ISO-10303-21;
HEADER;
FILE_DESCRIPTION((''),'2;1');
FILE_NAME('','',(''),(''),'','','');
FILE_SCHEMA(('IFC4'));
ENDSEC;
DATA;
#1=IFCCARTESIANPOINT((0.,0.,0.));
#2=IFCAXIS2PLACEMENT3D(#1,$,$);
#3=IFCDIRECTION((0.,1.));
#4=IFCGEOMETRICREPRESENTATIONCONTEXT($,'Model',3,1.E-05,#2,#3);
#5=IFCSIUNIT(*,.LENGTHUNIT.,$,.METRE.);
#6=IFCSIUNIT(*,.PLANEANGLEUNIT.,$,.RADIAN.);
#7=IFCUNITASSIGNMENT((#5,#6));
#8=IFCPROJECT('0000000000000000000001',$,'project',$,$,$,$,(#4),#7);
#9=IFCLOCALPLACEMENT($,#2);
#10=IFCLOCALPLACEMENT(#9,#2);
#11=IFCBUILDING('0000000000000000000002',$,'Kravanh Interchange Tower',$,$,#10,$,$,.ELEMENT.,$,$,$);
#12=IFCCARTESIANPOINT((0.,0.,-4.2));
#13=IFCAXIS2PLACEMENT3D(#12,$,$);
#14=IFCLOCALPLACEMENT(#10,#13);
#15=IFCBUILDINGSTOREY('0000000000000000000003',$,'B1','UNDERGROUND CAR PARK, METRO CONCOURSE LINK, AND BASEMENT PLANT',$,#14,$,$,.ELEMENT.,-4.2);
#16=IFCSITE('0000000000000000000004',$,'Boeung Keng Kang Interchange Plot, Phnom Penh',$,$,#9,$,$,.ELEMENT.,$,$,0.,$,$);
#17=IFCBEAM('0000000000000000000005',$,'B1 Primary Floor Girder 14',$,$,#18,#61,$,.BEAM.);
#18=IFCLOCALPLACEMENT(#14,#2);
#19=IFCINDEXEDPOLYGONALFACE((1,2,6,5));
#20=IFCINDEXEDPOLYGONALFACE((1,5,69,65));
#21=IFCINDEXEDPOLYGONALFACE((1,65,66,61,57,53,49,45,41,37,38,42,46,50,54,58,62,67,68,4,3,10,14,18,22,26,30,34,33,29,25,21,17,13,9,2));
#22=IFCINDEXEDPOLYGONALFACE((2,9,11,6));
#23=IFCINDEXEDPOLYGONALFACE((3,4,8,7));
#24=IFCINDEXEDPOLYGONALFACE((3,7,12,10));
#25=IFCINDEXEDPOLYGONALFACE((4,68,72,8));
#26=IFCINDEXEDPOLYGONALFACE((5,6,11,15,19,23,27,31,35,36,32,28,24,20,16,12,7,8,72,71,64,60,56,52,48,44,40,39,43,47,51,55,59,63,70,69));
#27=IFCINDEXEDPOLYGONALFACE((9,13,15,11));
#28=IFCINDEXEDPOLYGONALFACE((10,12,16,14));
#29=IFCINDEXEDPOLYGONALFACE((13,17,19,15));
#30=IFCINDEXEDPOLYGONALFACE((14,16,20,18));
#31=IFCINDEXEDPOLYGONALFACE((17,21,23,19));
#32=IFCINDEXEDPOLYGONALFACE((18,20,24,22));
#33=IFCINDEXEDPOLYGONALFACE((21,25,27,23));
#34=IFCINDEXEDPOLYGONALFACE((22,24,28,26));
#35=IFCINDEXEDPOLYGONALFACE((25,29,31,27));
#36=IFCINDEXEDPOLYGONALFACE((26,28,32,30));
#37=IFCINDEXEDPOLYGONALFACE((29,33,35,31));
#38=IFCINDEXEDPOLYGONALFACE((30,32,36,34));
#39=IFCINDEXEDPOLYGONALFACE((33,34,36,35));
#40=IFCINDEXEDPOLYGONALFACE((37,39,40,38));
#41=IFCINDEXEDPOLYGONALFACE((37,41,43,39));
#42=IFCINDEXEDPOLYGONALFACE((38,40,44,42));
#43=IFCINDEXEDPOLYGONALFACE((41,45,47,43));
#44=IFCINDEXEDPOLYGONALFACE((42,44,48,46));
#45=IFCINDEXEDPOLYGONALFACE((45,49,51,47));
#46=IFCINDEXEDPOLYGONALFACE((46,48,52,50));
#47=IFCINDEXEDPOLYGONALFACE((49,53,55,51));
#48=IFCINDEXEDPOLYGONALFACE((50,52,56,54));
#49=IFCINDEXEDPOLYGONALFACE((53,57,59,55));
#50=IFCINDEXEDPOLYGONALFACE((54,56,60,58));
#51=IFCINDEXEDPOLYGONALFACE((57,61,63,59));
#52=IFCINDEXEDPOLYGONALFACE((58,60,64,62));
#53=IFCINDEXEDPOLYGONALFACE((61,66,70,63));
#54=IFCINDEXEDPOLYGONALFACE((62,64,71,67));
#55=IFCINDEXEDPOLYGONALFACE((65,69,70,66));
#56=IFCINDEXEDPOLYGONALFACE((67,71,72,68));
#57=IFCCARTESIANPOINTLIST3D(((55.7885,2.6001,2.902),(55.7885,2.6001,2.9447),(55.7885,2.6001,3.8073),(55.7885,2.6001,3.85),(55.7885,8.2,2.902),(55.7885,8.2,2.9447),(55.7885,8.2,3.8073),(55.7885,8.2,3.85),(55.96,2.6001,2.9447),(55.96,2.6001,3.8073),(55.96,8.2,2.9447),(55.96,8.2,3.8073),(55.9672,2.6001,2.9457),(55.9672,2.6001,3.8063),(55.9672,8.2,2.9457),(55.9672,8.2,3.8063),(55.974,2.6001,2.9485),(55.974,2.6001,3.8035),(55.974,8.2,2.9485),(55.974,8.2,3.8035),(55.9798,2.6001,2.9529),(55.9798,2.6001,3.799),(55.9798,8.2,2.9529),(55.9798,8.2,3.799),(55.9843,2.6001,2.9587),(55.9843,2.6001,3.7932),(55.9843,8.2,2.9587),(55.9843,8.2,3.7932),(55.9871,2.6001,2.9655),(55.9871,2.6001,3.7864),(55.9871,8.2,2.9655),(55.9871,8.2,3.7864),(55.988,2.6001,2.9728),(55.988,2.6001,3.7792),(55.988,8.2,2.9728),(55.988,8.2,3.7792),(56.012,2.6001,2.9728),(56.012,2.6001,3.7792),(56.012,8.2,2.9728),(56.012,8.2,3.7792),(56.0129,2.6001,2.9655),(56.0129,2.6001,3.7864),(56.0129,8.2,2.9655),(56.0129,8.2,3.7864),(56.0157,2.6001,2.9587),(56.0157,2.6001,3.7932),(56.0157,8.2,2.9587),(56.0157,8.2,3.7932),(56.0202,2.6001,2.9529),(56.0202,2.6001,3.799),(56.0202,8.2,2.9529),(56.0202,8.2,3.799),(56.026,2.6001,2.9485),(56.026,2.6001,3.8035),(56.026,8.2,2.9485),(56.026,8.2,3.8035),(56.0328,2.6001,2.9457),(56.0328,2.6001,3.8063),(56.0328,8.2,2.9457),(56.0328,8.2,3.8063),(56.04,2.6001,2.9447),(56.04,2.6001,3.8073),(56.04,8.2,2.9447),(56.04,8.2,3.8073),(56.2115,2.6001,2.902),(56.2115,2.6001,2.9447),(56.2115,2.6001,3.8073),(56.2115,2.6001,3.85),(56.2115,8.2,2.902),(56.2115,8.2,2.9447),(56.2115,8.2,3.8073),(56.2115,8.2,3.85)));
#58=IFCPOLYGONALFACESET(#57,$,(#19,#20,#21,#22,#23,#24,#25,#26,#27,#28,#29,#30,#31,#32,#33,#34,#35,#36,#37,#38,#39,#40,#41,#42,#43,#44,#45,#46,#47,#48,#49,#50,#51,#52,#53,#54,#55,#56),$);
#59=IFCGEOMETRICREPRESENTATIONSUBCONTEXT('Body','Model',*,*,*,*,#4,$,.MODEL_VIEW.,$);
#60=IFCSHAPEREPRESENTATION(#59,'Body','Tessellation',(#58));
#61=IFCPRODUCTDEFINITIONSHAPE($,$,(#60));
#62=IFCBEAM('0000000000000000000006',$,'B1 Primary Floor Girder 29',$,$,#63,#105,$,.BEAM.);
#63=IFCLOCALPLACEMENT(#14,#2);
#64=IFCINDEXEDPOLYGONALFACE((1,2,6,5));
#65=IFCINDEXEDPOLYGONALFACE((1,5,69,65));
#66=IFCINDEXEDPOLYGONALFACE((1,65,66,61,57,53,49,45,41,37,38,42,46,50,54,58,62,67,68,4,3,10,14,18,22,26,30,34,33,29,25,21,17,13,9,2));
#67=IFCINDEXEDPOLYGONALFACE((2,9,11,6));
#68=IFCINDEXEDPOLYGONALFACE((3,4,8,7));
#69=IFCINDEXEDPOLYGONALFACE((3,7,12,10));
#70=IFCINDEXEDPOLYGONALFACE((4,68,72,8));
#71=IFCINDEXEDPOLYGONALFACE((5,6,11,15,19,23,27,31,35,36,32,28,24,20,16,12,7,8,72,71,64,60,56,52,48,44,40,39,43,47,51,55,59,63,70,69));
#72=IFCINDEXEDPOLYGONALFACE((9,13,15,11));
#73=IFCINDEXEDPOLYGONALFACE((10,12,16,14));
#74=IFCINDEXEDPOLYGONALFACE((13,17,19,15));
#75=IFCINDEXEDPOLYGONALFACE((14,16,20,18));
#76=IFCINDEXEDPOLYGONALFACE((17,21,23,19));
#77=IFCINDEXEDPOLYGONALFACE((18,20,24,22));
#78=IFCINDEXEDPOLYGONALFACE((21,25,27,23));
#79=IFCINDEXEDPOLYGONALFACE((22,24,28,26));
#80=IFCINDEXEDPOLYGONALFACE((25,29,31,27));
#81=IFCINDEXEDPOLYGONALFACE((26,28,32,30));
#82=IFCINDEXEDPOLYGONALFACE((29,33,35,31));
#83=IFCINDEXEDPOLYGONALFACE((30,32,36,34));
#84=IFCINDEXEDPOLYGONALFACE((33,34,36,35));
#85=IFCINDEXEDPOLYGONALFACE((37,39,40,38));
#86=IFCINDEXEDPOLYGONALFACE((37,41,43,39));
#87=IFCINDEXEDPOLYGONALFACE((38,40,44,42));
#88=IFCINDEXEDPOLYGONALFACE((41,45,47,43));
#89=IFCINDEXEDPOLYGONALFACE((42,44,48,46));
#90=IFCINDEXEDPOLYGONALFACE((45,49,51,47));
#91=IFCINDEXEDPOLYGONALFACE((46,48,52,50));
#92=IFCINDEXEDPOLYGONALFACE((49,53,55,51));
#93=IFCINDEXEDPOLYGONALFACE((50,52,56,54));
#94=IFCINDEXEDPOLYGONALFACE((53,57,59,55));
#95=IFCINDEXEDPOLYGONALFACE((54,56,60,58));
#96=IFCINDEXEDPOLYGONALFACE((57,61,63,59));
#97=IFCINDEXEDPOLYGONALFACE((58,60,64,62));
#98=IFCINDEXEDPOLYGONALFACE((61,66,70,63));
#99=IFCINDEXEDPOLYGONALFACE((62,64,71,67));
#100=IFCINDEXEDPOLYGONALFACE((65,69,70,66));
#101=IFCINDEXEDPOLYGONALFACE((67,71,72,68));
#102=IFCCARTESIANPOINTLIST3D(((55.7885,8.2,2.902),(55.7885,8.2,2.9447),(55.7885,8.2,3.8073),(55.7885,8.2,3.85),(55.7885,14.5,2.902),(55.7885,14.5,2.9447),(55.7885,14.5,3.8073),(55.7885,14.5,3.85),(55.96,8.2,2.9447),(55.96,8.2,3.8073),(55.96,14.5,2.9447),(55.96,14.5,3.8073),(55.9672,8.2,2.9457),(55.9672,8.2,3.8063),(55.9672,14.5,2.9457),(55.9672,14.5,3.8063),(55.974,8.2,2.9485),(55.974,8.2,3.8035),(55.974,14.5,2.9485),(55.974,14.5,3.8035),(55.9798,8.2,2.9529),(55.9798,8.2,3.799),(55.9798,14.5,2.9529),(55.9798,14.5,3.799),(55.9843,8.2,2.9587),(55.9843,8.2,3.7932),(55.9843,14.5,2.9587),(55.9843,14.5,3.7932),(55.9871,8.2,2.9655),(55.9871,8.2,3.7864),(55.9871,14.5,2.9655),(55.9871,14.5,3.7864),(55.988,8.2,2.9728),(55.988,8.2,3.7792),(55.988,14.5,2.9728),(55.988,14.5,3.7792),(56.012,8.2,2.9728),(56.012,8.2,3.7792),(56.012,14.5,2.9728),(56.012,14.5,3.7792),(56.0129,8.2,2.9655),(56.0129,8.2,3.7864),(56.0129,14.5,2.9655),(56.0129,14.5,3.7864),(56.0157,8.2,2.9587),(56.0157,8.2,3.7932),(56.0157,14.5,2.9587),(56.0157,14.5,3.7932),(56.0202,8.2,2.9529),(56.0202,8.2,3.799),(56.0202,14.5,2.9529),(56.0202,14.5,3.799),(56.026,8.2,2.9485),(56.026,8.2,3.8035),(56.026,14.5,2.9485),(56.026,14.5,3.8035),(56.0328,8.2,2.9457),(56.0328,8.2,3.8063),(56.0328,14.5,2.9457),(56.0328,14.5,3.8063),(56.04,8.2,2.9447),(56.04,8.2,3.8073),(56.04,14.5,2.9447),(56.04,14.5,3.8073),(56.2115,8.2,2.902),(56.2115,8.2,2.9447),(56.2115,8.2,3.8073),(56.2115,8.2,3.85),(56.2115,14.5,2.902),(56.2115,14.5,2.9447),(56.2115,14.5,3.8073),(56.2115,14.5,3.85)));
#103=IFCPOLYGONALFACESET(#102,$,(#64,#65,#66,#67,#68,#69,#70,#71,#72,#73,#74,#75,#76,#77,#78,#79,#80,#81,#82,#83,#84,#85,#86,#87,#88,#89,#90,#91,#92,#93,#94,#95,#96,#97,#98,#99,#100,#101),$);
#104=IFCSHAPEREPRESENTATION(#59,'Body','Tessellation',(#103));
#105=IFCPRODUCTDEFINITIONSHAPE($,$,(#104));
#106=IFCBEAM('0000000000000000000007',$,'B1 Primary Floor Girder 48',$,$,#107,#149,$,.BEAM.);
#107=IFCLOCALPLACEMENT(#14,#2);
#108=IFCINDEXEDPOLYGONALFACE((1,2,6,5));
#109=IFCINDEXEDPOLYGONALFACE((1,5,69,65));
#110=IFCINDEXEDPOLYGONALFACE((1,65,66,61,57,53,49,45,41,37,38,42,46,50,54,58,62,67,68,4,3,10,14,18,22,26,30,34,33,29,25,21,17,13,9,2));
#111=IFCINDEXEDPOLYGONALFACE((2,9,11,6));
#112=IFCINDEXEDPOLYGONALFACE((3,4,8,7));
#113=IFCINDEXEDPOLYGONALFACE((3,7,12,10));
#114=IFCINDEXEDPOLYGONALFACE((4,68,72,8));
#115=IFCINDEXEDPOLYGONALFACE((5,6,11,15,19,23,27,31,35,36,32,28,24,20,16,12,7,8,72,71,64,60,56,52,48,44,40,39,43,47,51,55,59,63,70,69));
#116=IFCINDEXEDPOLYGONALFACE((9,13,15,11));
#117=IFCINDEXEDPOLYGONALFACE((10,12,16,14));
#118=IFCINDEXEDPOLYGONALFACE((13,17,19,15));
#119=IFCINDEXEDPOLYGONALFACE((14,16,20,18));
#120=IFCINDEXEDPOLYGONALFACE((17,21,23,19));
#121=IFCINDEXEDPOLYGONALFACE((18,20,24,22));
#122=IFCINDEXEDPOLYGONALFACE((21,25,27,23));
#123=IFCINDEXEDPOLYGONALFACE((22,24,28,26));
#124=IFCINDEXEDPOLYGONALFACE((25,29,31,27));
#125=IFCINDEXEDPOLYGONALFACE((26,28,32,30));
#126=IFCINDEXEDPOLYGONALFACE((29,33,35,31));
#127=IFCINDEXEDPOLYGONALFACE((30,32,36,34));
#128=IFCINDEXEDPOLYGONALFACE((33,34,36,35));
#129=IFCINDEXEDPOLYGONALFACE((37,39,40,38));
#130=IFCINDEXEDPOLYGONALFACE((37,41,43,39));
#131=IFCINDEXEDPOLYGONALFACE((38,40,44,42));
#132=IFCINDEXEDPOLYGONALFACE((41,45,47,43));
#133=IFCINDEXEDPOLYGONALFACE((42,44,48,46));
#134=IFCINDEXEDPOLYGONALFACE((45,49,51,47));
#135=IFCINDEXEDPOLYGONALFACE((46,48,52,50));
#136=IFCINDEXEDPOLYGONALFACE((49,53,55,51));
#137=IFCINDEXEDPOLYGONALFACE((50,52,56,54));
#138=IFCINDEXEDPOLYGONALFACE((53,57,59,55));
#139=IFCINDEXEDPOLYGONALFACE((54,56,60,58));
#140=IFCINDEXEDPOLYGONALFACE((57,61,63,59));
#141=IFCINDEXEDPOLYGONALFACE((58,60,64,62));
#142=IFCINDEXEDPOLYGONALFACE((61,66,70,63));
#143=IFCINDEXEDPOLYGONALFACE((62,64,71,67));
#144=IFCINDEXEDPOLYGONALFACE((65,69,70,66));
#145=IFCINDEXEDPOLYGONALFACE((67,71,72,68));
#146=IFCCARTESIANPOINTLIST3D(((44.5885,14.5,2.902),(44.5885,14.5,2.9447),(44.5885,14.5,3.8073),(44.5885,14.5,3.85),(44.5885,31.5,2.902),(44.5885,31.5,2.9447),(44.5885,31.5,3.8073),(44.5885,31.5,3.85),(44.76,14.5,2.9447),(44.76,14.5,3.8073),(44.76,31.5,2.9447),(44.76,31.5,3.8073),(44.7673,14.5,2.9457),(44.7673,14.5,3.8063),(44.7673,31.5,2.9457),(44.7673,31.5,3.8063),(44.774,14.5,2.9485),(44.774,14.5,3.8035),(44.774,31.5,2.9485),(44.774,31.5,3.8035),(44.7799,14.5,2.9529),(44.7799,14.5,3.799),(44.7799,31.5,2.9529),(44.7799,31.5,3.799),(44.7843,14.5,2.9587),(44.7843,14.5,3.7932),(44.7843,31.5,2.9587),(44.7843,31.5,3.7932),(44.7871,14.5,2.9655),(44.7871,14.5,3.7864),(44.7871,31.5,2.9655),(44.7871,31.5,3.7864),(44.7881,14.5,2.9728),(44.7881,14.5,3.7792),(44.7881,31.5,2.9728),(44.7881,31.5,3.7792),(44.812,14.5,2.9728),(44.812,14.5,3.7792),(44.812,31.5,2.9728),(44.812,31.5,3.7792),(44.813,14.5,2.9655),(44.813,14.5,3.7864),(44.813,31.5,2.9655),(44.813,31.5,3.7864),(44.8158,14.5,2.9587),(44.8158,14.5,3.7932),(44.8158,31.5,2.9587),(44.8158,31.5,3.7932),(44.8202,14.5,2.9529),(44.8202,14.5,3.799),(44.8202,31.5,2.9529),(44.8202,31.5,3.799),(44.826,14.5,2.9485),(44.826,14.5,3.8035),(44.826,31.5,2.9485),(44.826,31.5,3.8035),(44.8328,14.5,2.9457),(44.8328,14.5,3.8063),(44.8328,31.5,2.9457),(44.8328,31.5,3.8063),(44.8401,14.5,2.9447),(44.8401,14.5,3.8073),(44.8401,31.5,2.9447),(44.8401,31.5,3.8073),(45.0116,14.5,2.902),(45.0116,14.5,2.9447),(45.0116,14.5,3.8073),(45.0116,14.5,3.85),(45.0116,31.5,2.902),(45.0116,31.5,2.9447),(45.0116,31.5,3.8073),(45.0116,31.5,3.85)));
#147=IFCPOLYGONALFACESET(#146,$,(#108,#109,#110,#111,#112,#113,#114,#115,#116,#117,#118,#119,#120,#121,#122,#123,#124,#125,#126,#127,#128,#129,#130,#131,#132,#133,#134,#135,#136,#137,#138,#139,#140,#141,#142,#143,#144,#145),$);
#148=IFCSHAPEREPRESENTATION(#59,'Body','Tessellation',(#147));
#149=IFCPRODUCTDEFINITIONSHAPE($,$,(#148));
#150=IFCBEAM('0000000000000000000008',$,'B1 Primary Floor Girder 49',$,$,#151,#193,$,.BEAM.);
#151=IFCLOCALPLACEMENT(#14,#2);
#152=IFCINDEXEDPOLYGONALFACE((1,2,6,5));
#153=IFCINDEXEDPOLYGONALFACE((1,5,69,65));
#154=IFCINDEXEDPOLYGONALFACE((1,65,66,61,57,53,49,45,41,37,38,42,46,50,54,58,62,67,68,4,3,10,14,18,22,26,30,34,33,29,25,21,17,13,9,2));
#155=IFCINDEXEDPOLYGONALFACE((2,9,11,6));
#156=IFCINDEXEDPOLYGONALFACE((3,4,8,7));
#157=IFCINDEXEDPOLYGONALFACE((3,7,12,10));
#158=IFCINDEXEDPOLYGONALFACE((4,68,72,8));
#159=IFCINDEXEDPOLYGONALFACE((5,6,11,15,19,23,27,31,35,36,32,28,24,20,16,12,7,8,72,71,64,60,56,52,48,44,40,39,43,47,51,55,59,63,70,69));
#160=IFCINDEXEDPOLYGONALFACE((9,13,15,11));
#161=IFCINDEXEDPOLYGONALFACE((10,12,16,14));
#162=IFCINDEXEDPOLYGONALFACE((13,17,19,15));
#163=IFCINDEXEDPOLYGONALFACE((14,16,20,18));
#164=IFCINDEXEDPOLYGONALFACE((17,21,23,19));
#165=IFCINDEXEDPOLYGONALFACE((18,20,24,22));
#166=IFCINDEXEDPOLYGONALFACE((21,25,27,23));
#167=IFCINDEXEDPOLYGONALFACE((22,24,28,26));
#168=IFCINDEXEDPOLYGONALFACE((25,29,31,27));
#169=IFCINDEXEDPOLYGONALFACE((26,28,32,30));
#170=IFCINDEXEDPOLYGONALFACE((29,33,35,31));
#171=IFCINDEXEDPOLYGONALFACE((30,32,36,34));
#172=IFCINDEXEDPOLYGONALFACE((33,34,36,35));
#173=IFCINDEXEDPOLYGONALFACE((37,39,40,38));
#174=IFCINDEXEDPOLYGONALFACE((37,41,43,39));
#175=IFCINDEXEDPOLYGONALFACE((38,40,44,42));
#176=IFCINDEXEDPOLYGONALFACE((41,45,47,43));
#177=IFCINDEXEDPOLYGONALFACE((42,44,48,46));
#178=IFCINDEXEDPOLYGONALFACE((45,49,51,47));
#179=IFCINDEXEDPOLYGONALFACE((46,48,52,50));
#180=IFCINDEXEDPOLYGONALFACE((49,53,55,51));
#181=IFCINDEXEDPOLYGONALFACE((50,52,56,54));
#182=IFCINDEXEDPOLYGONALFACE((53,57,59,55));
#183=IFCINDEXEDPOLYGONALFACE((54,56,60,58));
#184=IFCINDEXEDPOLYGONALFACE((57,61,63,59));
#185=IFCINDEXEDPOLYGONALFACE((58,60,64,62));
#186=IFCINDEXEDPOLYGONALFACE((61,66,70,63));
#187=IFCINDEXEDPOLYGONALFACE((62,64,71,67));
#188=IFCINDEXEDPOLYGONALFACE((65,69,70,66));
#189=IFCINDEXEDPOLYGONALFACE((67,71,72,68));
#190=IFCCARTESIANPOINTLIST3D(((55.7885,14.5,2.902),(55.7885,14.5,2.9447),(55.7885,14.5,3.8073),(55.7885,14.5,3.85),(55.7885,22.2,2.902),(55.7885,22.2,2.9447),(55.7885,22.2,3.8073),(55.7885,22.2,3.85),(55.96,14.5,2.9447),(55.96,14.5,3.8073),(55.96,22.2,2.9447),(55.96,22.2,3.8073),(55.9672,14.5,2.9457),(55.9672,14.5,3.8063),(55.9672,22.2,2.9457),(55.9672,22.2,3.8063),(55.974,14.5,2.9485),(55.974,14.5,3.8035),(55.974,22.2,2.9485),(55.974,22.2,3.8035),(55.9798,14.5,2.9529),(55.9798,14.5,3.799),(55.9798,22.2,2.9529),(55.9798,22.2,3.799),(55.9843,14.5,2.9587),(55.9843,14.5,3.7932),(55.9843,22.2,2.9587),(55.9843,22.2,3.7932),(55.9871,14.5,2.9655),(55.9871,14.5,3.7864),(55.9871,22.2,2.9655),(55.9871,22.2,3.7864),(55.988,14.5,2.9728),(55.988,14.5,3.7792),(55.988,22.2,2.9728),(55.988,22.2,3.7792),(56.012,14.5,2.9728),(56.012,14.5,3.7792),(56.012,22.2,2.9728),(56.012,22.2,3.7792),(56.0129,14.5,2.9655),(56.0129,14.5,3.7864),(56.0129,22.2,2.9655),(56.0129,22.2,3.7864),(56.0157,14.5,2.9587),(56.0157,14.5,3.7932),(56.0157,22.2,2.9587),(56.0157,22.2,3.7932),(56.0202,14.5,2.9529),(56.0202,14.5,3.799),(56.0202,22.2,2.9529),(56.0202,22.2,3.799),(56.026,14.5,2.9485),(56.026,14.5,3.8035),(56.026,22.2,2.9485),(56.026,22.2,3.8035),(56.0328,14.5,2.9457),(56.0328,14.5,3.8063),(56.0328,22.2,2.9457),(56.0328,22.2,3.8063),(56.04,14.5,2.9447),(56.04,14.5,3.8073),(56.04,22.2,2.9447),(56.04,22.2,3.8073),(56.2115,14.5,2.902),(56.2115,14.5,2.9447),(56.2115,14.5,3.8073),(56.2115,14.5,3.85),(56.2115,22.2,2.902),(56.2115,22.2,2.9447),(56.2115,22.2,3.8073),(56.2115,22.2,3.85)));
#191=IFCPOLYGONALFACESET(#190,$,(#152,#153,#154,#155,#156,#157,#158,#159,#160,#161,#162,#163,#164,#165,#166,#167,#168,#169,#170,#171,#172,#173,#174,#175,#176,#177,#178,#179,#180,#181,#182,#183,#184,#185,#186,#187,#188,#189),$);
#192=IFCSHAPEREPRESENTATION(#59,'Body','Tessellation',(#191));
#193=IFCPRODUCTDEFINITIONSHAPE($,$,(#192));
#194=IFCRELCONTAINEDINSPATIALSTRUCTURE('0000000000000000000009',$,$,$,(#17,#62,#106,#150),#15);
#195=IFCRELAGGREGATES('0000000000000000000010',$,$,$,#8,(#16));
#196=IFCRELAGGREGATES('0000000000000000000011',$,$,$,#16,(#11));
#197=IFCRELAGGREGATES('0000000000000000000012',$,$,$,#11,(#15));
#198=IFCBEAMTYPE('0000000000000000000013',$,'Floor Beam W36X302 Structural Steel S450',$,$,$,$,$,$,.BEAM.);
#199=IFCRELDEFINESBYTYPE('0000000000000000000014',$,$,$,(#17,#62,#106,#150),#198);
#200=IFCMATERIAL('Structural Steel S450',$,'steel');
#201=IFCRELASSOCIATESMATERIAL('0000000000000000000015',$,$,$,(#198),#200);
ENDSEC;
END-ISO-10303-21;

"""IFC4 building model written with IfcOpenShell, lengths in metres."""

from ifc_helpers import new_model, si_unit, direction, frame, origin, origin_2d, place, context, subcontext, project, spatial, i_section, extrude, material, material_profile, profile_set, type_object, element, save


model = new_model("IFC4")

# Units and contexts
model_context = context("Model", 3, precision=1e-05, world=origin(), true_north=direction((0.0, 1.0)))
body_context = subcontext(model_context, "Body", "Model", "MODEL_VIEW")
ifc_project = project(units=[si_unit("LENGTHUNIT", "METRE"), si_unit("PLANEANGLEUNIT", "RADIAN")], contexts=[model_context])

# Site, building, storey
site_placement = place(None, origin())
site = spatial("IfcSite", under=ifc_project, at=site_placement, Name="Boeung Keng Kang Interchange Plot, Phnom Penh", CompositionType="ELEMENT", RefElevation=0.0)
building_placement = place(site_placement, origin())
building = spatial("IfcBuilding", under=site, at=building_placement, Name="Kravanh Interchange Tower", CompositionType="ELEMENT")
storey_placement = place(building_placement, frame((0.0, 0.0, -4.2)))
storey = spatial("IfcBuildingStorey", under=building, at=storey_placement, Name="B1", Description="UNDERGROUND CAR PARK, METRO CONCOURSE LINK, AND BASEMENT PLANT", CompositionType="ELEMENT", Elevation=-4.2)

# Beams
ifc_material_1 = material(Name="Structural Steel S450", Category="steel")
ifc_material_profile_1 = material_profile(ifc_material_1, i_section(OverallWidth=0.4231, OverallDepth=0.948, WebThickness=0.0239, FlangeThickness=0.0427, FilletRadius=0.0281, at=origin_2d()), Name="W36X302")
ifc_profile_set_1 = profile_set([ifc_material_profile_1], Name="Structural Steel S450")
beam_type_1 = type_object("IfcBeamType", Name="Floor Beam W36X302 Structural Steel S450", PredefinedType="BEAM", material=ifc_profile_set_1)
beam_1_placement = place(storey_placement, frame((56.0, 2.6001, 3.376), z_axis=(0.0, 1.0, 0.0), x_axis=(-1.0, 0.0, 0.0)))
element("IfcBeam", 1, at=beam_1_placement, inside=storey, type_object=beam_type_1, Name="B1 Primary Floor Girder 14", PredefinedType="BEAM", context=body_context, shape_type="SweptSolid", body=[
    extrude(i_section(OverallWidth=0.4231, OverallDepth=0.948, WebThickness=0.0239, FlangeThickness=0.0427, FilletRadius=0.0281, at=origin_2d()), origin(), (0.0, 0.0, 1.0), 5.5999),
])
beam_2_placement = place(storey_placement, frame((56.0, 8.2, 3.376), z_axis=(0.0, 1.0, 0.0), x_axis=(-1.0, 0.0, 0.0)))
element("IfcBeam", 2, at=beam_2_placement, inside=storey, type_object=beam_type_1, Name="B1 Primary Floor Girder 29", PredefinedType="BEAM", context=body_context, shape_type="SweptSolid", body=[
    extrude(i_section(OverallWidth=0.4231, OverallDepth=0.948, WebThickness=0.0239, FlangeThickness=0.0427, FilletRadius=0.0281, at=origin_2d()), origin(), (0.0, 0.0, 1.0), 6.3),
])
beam_3_placement = place(storey_placement, frame((44.8, 14.5, 3.376), z_axis=(0.0, 1.0, 0.0), x_axis=(-1.0, 0.0, 0.0)))
element("IfcBeam", 3, at=beam_3_placement, inside=storey, type_object=beam_type_1, Name="B1 Primary Floor Girder 48", PredefinedType="BEAM", context=body_context, shape_type="SweptSolid", body=[
    extrude(i_section(OverallWidth=0.4231, OverallDepth=0.948, WebThickness=0.0239, FlangeThickness=0.0427, FilletRadius=0.0281, at=origin_2d()), origin(), (0.0, 0.0, 1.0), 17.0),
])
beam_4_placement = place(storey_placement, frame((56.0, 14.5, 3.376), z_axis=(0.0, 1.0, 0.0), x_axis=(-1.0, 0.0, 0.0)))
element("IfcBeam", 4, at=beam_4_placement, inside=storey, type_object=beam_type_1, Name="B1 Primary Floor Girder 49", PredefinedType="BEAM", context=body_context, shape_type="SweptSolid", body=[
    extrude(i_section(OverallWidth=0.4231, OverallDepth=0.948, WebThickness=0.0239, FlangeThickness=0.0427, FilletRadius=0.0281, at=origin_2d()), origin(), (0.0, 0.0, 1.0), 7.7),
])

save(model, "model.ifc")
